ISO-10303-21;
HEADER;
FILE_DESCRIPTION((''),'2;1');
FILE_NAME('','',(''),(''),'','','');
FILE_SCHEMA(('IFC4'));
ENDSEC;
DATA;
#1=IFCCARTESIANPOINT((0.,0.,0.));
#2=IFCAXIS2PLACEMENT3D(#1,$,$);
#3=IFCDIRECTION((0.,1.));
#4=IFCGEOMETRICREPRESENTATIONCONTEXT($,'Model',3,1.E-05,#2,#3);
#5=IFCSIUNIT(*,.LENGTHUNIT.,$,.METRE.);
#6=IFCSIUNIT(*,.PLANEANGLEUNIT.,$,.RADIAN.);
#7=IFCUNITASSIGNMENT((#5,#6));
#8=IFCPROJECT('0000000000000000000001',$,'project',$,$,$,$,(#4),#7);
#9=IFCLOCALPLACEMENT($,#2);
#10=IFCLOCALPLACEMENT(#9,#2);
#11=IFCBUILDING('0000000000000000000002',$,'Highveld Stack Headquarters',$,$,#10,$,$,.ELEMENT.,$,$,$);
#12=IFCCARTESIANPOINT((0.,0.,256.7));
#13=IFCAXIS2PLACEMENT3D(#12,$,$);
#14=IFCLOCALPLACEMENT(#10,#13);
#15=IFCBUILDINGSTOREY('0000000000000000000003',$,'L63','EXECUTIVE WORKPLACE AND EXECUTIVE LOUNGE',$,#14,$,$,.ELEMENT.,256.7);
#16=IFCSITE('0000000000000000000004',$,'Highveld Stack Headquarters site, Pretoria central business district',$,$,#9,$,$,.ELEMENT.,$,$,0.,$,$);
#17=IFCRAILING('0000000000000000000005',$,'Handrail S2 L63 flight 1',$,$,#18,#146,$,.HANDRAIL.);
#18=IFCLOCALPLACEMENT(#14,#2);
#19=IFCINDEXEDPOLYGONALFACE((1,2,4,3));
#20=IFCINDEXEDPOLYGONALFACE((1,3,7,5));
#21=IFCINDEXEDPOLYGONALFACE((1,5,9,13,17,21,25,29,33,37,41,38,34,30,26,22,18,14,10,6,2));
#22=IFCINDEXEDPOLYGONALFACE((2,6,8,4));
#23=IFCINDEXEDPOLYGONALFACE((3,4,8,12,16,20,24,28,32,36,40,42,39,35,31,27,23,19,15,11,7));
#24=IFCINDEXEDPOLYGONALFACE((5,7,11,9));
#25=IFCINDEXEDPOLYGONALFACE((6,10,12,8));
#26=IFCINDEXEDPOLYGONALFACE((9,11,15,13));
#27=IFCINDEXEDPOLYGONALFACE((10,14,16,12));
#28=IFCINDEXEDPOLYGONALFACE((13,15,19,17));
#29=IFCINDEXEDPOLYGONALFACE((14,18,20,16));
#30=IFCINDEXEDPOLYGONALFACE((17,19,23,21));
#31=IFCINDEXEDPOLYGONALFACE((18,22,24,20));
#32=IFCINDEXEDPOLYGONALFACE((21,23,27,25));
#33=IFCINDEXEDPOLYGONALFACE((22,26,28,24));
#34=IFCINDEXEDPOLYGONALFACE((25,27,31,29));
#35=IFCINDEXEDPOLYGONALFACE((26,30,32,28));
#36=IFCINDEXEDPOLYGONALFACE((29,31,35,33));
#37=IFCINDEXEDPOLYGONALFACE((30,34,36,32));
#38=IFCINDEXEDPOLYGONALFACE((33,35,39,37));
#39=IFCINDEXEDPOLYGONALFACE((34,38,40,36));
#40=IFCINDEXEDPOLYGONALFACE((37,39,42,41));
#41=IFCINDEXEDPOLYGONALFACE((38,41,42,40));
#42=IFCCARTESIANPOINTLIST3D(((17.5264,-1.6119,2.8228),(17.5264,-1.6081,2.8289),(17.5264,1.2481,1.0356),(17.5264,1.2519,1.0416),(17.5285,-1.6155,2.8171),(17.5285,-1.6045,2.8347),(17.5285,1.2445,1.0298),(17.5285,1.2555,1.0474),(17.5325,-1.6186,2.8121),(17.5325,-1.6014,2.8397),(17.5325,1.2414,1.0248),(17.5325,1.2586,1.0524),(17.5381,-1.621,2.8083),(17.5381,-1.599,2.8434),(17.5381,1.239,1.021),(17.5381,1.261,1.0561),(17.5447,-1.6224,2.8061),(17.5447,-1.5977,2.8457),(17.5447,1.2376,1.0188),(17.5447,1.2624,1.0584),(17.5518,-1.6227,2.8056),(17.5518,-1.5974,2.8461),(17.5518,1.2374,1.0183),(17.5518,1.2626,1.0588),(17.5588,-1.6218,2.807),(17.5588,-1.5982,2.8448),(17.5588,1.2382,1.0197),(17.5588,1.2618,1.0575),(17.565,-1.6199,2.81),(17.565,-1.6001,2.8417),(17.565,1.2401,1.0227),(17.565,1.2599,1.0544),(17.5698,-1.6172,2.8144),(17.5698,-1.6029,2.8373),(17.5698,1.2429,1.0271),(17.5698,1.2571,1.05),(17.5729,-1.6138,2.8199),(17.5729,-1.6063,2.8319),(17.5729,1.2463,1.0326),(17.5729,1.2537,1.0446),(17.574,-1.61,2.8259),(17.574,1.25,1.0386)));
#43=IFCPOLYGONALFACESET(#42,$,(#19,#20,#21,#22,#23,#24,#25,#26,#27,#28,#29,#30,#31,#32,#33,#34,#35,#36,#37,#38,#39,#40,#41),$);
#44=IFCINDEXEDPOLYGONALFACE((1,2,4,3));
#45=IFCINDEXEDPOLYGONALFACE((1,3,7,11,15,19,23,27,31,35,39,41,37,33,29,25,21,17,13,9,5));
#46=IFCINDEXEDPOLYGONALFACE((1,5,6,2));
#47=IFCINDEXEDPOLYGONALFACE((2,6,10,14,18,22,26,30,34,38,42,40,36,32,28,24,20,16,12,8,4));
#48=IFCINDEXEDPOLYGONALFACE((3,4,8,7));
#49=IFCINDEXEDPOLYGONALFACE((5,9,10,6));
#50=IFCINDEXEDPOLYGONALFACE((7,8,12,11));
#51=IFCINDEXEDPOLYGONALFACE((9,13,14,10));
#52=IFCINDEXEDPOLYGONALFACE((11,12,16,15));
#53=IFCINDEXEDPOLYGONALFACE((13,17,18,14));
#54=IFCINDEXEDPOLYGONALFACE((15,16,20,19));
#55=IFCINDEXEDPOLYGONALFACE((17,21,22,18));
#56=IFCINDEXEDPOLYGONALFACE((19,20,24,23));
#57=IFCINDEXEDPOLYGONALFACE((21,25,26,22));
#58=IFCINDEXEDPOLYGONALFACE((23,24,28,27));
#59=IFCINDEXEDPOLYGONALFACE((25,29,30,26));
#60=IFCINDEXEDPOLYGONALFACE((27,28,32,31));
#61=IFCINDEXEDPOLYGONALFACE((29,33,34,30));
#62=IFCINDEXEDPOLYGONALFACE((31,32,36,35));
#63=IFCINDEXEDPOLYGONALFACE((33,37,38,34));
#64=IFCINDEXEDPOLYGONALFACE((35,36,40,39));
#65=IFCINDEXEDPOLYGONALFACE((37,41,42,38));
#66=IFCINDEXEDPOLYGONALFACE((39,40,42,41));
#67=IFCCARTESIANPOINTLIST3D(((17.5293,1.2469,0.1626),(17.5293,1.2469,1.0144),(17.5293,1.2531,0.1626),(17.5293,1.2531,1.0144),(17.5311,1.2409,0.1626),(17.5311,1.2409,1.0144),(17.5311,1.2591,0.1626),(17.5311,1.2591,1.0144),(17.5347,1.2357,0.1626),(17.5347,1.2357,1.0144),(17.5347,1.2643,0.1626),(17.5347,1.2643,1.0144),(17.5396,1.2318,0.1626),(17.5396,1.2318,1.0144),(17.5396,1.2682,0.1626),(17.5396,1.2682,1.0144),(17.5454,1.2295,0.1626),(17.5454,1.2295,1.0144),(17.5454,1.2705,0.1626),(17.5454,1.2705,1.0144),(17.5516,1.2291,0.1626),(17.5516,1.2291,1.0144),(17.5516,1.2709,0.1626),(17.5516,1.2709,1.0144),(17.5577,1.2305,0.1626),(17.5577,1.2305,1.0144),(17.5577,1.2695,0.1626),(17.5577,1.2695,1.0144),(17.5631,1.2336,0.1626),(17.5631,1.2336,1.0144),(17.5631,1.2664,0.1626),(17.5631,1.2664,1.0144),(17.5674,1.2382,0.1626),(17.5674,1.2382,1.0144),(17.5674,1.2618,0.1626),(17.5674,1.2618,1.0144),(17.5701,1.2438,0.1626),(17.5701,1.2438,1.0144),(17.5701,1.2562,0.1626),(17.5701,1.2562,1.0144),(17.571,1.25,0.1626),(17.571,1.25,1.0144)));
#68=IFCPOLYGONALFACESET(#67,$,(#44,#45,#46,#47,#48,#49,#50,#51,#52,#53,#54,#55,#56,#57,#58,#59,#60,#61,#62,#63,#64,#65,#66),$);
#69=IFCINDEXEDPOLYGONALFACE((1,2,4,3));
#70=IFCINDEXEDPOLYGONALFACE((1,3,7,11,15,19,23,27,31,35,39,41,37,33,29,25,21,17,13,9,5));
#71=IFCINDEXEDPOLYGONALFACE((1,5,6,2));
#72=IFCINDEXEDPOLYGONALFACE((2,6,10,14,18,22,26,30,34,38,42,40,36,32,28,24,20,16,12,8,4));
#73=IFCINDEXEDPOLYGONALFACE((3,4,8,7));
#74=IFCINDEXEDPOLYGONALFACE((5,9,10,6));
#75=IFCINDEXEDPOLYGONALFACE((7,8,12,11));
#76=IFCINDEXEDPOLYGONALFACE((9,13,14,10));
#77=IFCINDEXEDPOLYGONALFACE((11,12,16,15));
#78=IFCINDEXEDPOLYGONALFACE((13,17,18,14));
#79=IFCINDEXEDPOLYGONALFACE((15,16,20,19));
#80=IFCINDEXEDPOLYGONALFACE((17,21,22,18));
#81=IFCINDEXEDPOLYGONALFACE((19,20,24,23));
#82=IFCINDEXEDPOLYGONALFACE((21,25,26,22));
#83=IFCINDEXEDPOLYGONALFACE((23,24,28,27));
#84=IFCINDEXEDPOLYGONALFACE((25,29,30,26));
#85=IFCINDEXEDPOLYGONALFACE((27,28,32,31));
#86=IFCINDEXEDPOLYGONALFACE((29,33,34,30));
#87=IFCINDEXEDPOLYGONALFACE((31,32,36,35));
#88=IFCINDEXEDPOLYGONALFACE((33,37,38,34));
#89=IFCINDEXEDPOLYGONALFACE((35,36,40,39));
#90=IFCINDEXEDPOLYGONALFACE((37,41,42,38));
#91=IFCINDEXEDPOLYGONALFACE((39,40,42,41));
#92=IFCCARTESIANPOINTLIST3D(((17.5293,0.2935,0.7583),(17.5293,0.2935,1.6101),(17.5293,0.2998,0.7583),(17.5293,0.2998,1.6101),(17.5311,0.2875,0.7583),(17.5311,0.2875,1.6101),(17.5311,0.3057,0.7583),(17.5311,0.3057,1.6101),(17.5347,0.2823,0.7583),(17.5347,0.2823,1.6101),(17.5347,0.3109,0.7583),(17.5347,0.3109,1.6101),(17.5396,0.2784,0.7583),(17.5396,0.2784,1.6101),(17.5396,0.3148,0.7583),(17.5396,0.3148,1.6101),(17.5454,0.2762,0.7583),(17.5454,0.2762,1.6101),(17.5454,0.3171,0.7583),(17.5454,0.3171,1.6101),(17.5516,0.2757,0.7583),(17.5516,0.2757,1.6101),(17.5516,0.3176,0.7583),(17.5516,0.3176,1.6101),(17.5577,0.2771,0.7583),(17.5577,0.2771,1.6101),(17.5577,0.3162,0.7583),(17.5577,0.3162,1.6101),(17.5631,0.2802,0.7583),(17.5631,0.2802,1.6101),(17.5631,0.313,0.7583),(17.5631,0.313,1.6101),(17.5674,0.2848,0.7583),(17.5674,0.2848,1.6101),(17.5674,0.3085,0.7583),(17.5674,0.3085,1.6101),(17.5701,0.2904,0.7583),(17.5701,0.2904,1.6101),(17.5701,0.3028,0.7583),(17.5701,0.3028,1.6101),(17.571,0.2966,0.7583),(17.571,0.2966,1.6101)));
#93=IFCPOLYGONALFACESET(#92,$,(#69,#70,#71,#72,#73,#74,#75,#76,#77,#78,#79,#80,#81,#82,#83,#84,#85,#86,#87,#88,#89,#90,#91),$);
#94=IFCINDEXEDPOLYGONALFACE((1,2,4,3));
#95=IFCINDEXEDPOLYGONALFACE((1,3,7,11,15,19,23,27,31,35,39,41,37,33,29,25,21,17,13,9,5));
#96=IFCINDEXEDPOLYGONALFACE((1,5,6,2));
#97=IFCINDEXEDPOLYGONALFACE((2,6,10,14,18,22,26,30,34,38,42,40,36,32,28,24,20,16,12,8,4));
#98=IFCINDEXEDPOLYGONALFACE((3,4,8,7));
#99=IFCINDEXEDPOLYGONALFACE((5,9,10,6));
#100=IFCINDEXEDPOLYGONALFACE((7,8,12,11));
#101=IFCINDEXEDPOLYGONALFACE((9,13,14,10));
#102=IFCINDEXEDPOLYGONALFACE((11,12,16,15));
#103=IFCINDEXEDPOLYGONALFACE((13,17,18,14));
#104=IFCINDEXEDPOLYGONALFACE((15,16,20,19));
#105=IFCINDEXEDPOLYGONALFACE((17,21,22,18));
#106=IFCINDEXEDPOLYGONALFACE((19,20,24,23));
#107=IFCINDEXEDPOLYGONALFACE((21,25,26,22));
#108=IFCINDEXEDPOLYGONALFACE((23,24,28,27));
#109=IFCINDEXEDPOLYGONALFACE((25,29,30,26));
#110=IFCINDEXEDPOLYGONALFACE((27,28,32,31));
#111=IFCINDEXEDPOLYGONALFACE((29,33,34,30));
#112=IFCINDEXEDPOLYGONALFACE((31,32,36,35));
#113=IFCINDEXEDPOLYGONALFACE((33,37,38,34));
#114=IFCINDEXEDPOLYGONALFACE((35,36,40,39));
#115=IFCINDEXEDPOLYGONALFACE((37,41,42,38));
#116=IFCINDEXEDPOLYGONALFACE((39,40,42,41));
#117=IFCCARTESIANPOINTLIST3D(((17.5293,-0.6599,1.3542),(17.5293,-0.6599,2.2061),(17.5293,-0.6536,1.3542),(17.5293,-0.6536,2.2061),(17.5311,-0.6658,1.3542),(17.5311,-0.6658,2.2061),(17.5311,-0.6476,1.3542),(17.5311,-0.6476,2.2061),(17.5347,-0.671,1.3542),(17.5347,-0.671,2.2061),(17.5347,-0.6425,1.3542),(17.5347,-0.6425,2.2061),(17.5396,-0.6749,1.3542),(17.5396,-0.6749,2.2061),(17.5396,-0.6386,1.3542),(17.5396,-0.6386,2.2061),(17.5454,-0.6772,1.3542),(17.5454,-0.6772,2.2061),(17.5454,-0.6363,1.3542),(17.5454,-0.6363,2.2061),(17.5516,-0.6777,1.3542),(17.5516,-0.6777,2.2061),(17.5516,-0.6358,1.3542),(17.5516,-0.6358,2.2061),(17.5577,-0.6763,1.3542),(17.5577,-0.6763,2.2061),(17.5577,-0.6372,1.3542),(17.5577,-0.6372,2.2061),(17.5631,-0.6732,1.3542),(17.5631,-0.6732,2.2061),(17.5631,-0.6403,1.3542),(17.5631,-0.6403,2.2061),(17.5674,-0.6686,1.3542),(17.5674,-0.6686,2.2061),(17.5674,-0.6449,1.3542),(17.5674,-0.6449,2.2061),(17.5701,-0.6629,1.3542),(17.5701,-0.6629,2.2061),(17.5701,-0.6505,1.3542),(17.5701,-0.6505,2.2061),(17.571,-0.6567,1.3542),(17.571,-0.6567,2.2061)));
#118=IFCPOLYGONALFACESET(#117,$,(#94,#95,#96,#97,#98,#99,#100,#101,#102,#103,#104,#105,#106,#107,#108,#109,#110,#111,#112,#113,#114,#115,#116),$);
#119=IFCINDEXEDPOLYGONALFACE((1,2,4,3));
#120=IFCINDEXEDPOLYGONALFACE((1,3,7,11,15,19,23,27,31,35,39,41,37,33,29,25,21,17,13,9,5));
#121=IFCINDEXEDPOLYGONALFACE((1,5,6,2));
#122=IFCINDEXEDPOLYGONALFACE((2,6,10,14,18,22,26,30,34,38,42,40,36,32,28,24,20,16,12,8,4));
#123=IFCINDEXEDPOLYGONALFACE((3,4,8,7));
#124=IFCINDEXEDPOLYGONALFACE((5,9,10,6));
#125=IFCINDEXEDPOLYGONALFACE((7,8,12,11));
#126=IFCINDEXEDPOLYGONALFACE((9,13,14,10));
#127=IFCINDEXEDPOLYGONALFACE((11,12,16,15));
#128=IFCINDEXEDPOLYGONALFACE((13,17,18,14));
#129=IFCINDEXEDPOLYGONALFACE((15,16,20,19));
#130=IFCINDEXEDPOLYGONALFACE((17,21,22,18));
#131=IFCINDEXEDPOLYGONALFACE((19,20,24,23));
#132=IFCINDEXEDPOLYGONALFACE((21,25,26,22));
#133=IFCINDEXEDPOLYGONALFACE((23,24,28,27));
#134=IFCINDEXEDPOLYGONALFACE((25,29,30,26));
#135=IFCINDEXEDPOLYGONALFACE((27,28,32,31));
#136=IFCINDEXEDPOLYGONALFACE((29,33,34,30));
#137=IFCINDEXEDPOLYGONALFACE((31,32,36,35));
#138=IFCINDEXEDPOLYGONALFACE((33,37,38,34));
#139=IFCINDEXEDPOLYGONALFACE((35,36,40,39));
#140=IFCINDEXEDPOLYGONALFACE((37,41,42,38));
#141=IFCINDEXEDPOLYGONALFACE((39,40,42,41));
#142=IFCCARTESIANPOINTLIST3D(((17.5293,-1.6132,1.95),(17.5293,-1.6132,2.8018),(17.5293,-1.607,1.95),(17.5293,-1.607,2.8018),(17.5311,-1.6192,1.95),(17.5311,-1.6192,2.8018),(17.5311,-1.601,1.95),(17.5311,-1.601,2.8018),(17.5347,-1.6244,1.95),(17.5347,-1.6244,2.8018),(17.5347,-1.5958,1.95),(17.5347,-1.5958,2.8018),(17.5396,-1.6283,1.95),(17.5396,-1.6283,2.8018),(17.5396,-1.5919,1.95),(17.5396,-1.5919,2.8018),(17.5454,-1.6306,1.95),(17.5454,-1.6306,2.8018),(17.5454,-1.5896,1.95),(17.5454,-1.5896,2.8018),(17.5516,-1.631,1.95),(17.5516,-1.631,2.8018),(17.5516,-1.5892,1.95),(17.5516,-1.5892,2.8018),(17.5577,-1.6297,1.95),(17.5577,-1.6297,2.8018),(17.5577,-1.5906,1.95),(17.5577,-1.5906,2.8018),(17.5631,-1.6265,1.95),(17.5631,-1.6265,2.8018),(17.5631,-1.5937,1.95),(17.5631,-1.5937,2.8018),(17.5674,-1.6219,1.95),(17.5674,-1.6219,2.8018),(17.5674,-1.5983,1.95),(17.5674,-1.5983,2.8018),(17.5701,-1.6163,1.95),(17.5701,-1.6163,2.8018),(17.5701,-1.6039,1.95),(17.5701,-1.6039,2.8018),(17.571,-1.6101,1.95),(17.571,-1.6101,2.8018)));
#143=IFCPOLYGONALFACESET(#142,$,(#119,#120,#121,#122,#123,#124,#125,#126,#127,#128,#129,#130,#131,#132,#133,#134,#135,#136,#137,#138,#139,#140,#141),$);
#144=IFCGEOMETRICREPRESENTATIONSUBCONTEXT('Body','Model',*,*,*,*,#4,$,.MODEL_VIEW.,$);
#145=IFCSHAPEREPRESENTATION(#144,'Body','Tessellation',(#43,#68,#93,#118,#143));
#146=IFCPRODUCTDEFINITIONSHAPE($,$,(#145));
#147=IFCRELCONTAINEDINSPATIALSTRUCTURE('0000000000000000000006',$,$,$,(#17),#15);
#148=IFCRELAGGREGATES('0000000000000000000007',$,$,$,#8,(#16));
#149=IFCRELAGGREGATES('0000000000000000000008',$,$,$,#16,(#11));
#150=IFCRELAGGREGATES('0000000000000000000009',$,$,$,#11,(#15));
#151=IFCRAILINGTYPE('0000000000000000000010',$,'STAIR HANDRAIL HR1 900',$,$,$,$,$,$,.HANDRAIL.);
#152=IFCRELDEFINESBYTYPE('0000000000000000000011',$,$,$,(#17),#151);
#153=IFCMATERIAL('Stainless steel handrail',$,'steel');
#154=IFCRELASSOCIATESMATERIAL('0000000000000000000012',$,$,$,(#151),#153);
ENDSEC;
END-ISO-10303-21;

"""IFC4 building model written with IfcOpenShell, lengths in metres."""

from ifc_helpers import new_model, si_unit, direction, frame, origin, origin_2d, place, context, subcontext, project, spatial, circle, extrude, material, type_object, element, save


model = new_model("IFC4")

# Units and contexts
model_context = context("Model", 3, precision=1e-05, world=origin(), true_north=direction((0.0, 1.0)))
body_context = subcontext(model_context, "Body", "Model", "MODEL_VIEW")
ifc_project = project(units=[si_unit("LENGTHUNIT", "METRE"), si_unit("PLANEANGLEUNIT", "RADIAN")], contexts=[model_context])

# Site, building, storey
site_placement = place(None, origin())
site = spatial("IfcSite", under=ifc_project, at=site_placement, Name="Highveld Stack Headquarters site, Pretoria central business district", CompositionType="ELEMENT", RefElevation=0.0)
building_placement = place(site_placement, origin())
building = spatial("IfcBuilding", under=site, at=building_placement, Name="Highveld Stack Headquarters", CompositionType="ELEMENT")
storey_placement = place(building_placement, frame((0.0, 0.0, 256.7)))
storey = spatial("IfcBuildingStorey", under=building, at=storey_placement, Name="L63", Description="EXECUTIVE WORKPLACE AND EXECUTIVE LOUNGE", CompositionType="ELEMENT", Elevation=256.7)

# Railing
ifc_material_1 = material(Name="Stainless steel handrail", Category="steel")
railing_type = type_object("IfcRailingType", Name="STAIR HANDRAIL HR1 900", PredefinedType="HANDRAIL", material=ifc_material_1)
for number, where, name in (
    (1, (17.55, 1.25, 0.1626), "Handrail S2 L63 flight 1"),
):
    element("IfcRailing", number, at=place(storey_placement, frame(where)), inside=storey, type_object=railing_type, Name=name, PredefinedType="HANDRAIL", context=body_context, shape_type="SweptSolid", body=[
        extrude(circle(Radius=0.0239, at=origin_2d()), frame((0.0, 0.0, 0.876), z_axis=(0.0, -0.848027, 0.529953), x_axis=(1.0, 0.0, 0.0)), (0.0, 0.0, 1.0), 3.3726),
        extrude(circle(Radius=0.021, at=origin_2d()), origin(), (0.0, 0.0, 1.0), 0.8518),
        extrude(circle(Radius=0.021, at=origin_2d()), frame((0.0, -0.9534, 0.5957)), (0.0, 0.0, 1.0), 0.8518),
        extrude(circle(Radius=0.021, at=origin_2d()), frame((0.0, -1.9067, 1.1917)), (0.0, 0.0, 1.0), 0.8518),
        extrude(circle(Radius=0.021, at=origin_2d()), frame((0.0, -2.8601, 1.7874)), (0.0, 0.0, 1.0), 0.8518),
    ])

save(model, "model.ifc")
